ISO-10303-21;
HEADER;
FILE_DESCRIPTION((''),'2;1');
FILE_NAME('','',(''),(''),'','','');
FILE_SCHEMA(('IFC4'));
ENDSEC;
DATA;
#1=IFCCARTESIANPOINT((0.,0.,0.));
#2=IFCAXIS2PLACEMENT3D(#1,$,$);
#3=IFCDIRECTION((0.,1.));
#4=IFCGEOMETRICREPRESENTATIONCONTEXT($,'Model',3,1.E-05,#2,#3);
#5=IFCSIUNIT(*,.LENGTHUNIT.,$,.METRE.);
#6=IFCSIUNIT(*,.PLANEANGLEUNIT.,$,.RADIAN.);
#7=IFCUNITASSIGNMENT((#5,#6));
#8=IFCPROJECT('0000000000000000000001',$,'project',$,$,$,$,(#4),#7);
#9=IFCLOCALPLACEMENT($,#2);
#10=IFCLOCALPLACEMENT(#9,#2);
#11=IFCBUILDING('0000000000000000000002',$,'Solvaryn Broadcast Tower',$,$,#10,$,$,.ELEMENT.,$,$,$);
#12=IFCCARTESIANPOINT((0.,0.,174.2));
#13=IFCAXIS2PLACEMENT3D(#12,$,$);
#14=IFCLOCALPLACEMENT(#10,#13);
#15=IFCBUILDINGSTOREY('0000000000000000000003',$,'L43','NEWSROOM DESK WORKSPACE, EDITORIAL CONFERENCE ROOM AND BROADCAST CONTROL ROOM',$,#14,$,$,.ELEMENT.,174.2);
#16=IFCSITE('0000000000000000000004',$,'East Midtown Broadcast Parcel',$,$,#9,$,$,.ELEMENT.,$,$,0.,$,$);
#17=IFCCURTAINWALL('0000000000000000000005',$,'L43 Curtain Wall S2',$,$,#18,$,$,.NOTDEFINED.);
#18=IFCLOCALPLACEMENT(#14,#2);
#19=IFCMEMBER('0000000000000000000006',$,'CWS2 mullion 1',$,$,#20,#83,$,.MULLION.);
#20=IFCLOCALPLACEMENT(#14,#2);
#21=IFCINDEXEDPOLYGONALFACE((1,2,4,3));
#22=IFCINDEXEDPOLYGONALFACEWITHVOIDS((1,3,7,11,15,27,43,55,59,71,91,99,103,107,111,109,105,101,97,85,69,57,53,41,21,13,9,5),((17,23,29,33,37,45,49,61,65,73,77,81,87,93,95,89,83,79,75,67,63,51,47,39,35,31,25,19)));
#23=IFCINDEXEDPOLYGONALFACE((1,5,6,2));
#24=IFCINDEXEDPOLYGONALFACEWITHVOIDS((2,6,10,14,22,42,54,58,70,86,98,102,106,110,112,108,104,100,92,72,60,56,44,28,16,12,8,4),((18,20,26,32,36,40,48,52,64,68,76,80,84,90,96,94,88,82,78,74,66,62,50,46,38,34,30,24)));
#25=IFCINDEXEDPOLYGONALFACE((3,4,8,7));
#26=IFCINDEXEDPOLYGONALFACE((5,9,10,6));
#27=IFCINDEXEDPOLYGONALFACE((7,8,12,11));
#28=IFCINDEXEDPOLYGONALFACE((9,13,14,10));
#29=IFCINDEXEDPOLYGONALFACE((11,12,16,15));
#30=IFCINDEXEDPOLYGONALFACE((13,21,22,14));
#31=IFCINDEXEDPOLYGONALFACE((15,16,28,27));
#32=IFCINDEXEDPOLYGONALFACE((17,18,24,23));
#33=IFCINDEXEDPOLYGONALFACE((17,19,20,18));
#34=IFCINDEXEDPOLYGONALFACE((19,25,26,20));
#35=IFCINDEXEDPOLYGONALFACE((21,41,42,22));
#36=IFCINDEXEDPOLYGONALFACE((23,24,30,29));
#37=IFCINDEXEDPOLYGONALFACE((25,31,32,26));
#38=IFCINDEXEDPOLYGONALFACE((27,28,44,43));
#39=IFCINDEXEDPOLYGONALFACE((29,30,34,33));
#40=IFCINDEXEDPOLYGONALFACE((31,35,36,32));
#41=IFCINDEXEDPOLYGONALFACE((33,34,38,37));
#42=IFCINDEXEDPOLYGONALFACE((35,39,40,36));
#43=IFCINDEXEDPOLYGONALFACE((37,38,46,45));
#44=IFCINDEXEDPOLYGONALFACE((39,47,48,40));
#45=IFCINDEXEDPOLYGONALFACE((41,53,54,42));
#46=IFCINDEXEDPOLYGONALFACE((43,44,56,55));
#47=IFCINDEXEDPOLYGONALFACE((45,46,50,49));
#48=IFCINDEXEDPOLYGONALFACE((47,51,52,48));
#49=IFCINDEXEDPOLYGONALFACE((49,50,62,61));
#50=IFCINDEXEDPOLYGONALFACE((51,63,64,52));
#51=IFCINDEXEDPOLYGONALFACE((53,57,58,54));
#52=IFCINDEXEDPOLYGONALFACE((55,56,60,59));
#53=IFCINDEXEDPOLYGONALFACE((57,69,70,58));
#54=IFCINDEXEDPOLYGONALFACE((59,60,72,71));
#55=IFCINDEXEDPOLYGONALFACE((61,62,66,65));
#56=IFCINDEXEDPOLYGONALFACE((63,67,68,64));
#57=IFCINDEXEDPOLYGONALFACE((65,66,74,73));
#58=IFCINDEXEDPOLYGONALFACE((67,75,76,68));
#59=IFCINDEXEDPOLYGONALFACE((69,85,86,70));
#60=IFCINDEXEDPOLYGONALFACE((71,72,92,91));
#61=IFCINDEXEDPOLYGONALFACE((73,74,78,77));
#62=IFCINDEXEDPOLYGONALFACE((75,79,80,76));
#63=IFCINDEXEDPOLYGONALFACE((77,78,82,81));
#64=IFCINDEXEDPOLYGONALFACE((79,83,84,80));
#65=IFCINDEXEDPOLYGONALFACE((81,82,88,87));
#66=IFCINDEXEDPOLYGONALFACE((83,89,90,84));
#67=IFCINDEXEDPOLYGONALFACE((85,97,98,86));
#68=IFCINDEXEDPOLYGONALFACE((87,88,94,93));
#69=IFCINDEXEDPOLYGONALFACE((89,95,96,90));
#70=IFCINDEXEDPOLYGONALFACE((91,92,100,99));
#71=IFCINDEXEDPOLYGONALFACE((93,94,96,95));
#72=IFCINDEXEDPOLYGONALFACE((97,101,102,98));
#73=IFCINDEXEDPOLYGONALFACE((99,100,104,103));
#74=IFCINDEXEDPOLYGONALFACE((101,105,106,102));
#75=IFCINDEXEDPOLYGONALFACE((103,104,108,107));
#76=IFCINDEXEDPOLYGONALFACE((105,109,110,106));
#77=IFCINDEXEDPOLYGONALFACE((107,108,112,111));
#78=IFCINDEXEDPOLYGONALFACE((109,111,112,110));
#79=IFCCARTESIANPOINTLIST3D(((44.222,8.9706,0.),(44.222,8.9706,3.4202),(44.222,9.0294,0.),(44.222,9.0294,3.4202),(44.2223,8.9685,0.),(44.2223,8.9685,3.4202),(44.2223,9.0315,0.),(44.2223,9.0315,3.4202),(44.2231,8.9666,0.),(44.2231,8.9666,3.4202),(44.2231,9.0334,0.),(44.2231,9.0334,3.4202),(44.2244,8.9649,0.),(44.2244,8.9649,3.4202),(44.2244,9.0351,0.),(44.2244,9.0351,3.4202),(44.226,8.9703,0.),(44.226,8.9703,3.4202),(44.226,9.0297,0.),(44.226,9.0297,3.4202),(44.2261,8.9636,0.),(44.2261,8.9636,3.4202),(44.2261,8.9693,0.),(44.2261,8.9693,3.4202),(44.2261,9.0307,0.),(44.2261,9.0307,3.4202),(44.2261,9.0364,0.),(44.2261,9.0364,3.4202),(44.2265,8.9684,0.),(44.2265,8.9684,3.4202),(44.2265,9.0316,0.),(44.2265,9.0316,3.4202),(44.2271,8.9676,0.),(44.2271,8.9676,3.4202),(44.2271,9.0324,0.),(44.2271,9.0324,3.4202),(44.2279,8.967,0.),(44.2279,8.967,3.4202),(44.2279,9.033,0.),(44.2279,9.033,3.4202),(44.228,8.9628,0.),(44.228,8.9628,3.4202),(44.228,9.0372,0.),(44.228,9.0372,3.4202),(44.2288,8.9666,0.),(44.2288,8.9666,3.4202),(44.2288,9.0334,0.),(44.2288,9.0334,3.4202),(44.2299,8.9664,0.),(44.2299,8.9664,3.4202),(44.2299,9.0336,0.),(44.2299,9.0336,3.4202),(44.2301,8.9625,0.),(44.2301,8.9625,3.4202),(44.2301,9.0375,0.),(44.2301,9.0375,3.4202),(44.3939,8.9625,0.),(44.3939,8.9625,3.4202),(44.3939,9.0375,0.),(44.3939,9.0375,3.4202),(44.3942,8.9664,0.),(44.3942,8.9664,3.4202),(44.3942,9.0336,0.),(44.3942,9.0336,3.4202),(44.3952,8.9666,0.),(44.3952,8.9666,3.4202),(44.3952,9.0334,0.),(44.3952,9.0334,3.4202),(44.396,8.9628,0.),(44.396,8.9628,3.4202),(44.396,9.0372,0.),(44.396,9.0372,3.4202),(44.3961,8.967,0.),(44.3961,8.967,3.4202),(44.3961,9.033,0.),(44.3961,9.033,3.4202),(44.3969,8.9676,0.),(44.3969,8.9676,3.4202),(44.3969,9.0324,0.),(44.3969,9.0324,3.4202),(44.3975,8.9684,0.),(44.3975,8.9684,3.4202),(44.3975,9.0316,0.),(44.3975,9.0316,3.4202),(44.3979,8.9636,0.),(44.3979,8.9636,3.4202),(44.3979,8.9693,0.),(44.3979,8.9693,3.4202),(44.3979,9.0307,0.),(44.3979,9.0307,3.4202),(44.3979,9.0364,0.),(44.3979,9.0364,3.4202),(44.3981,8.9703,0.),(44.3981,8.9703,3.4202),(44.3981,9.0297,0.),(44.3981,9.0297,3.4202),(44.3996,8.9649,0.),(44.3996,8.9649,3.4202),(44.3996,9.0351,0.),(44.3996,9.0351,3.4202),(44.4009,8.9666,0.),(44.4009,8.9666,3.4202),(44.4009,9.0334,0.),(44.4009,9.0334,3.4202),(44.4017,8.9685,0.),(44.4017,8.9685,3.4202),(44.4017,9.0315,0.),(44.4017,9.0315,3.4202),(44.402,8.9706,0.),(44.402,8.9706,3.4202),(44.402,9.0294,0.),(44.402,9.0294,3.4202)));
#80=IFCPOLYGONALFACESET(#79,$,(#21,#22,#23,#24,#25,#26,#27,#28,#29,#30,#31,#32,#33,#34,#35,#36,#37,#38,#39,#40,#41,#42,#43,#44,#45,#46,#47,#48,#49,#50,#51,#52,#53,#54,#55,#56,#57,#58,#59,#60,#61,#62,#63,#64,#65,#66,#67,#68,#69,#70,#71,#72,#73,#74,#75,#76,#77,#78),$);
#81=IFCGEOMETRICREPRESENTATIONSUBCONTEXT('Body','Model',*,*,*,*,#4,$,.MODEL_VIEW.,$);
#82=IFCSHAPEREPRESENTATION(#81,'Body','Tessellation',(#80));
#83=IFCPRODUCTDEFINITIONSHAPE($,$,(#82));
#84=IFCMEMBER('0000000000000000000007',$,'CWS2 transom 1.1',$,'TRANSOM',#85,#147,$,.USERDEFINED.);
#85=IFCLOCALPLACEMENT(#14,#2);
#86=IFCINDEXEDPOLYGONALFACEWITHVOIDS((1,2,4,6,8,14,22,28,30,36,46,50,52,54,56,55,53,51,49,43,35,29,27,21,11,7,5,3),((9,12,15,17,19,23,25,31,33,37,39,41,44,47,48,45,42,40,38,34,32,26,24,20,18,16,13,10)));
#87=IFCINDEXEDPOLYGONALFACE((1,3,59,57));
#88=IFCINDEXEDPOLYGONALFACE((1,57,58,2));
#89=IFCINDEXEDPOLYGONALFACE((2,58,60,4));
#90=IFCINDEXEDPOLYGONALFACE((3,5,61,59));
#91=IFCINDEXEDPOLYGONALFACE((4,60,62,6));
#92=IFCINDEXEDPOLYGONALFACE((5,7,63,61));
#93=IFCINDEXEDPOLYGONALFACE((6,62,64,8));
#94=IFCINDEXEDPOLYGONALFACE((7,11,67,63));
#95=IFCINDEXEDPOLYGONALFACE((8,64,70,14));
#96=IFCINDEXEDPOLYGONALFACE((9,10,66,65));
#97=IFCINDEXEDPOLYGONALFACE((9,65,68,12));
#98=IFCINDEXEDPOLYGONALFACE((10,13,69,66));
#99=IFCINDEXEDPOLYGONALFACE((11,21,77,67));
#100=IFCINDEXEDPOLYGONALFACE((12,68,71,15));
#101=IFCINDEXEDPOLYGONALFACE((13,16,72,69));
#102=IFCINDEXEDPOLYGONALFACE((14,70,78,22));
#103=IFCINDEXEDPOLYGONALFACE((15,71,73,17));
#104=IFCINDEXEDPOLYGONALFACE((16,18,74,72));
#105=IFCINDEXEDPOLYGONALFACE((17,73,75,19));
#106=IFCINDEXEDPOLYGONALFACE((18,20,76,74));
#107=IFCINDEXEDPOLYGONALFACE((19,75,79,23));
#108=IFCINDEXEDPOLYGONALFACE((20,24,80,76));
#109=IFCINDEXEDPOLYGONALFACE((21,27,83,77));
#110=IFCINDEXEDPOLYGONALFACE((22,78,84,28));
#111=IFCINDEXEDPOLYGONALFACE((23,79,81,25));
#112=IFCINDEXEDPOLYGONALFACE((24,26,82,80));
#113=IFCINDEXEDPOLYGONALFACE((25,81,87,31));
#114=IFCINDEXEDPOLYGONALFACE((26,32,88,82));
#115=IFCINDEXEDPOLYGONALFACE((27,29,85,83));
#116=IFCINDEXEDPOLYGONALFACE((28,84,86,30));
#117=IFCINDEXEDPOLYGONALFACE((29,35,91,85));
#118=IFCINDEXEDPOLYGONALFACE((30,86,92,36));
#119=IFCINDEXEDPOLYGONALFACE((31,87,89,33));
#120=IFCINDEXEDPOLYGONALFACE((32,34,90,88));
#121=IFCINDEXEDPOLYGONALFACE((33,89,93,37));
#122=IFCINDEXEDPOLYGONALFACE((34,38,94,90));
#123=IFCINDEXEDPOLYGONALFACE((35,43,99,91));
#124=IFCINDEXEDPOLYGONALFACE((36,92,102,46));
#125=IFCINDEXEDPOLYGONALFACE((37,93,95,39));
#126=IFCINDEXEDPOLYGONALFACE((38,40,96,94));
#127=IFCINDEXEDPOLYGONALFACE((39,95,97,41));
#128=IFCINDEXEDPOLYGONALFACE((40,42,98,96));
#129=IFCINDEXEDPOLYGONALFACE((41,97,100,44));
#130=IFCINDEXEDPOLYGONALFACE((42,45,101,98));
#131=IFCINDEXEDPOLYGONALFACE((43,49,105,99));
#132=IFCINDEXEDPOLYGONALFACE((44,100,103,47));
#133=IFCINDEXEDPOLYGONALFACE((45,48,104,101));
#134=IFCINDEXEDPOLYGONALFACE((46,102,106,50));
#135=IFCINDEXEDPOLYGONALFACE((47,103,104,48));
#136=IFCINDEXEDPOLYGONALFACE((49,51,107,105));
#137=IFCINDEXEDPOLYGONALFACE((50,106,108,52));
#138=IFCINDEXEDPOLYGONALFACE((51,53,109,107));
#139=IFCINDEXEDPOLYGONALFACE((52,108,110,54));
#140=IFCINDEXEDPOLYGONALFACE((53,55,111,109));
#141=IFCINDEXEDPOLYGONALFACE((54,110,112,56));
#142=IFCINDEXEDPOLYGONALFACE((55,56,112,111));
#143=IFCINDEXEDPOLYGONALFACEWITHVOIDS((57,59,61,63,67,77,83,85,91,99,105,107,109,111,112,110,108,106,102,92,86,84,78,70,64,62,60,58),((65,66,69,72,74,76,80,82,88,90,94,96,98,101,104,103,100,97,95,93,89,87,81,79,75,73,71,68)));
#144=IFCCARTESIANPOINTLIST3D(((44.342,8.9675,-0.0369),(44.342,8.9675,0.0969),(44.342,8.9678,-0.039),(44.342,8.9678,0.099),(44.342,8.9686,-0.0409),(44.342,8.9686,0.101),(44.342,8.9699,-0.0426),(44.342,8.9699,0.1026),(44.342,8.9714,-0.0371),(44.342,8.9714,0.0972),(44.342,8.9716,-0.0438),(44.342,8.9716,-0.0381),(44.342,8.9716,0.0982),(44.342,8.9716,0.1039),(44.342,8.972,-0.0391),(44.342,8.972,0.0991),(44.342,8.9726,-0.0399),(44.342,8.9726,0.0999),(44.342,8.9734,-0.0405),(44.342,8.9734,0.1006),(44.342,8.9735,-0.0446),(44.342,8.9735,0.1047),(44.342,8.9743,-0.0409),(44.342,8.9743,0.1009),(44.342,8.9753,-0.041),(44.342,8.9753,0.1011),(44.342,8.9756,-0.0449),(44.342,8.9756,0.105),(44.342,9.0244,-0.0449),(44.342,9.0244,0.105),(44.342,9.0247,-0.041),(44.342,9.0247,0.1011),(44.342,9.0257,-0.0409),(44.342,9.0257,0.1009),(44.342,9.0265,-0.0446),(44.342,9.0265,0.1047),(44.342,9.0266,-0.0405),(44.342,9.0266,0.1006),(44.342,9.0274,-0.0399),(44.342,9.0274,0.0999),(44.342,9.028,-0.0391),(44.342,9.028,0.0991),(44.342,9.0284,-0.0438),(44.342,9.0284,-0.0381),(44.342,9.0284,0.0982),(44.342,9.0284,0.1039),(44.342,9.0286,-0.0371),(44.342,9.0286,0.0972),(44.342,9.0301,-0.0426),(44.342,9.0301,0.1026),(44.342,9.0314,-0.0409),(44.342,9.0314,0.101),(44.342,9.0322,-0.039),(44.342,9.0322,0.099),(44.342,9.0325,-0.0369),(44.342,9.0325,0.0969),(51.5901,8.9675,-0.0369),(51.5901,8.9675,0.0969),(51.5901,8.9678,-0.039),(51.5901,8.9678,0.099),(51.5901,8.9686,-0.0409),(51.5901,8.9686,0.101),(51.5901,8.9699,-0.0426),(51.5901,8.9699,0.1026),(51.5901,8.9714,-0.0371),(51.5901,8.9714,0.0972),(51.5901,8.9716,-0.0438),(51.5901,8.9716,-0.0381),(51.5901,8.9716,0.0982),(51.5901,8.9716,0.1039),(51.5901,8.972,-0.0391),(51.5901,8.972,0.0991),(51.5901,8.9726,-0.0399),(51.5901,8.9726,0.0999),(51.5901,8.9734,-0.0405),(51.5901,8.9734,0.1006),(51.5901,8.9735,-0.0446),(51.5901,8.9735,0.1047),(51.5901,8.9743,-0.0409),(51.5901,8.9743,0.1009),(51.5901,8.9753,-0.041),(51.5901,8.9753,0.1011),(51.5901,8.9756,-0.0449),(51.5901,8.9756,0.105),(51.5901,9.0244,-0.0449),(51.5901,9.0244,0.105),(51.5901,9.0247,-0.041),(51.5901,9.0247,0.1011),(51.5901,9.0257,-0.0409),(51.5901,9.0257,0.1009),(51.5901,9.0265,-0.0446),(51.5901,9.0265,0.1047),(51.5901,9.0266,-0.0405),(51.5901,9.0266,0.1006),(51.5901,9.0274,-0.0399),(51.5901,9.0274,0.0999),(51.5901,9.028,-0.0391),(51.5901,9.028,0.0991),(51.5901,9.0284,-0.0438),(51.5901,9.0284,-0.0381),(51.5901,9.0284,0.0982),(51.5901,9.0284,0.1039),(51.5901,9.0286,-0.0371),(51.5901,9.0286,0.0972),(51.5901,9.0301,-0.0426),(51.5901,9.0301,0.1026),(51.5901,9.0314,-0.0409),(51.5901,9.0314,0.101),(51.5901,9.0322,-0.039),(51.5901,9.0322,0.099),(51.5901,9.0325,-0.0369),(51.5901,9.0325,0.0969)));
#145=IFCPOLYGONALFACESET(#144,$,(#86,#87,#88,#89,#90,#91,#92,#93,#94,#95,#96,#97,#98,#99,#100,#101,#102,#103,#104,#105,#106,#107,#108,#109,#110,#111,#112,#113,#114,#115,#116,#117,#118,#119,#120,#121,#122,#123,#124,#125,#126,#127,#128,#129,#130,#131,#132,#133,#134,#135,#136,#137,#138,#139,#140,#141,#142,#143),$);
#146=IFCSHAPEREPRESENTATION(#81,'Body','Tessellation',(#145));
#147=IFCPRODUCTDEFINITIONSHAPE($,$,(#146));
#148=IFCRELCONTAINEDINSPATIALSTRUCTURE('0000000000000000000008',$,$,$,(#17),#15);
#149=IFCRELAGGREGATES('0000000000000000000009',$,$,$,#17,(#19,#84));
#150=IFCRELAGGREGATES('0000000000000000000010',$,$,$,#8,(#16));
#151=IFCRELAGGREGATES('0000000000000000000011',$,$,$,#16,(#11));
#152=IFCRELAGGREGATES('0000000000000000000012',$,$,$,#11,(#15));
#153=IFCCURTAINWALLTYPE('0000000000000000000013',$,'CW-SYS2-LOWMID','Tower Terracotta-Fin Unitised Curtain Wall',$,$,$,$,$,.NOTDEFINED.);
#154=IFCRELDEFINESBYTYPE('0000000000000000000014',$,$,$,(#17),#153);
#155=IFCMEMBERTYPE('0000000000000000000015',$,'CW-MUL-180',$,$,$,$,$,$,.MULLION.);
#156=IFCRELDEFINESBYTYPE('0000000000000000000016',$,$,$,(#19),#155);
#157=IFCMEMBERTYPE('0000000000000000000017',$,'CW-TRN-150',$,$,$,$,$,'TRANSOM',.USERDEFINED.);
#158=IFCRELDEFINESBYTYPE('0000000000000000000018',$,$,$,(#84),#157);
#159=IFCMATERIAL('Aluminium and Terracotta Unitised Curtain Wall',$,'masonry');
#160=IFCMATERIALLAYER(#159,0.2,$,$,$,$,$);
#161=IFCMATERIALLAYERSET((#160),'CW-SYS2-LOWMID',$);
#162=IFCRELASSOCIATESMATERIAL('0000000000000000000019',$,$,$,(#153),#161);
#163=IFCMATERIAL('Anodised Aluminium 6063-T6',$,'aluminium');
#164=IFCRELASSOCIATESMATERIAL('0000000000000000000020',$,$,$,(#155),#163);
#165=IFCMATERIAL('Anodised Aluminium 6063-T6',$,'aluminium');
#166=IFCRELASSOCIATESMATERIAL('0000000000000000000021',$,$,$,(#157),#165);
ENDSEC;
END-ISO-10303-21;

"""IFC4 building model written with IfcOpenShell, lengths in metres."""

from ifc_helpers import new_model, si_unit, direction, frame, origin, origin_2d, place, context, subcontext, project, spatial, hollow_rectangle, extrude, material, layer, layer_set, material_profile, profile_set, type_object, element, aggregate, save


model = new_model("IFC4")

# Units and contexts
model_context = context("Model", 3, precision=1e-05, world=origin(), true_north=direction((0.0, 1.0)))
body_context = subcontext(model_context, "Body", "Model", "MODEL_VIEW")
ifc_project = project(units=[si_unit("LENGTHUNIT", "METRE"), si_unit("PLANEANGLEUNIT", "RADIAN")], contexts=[model_context])

# Site, building, storey
site_placement = place(None, origin())
site = spatial("IfcSite", under=ifc_project, at=site_placement, Name="East Midtown Broadcast Parcel", CompositionType="ELEMENT", RefElevation=0.0)
building_placement = place(site_placement, origin())
building = spatial("IfcBuilding", under=site, at=building_placement, Name="Solvaryn Broadcast Tower", CompositionType="ELEMENT")
storey_placement = place(building_placement, frame((0.0, 0.0, 174.2)))
storey = spatial("IfcBuildingStorey", under=building, at=storey_placement, Name="L43", Description="NEWSROOM DESK WORKSPACE, EDITORIAL CONFERENCE ROOM AND BROADCAST CONTROL ROOM", CompositionType="ELEMENT", Elevation=174.2)

# Shared definitions
ifc_material_1 = material(Name="Aluminium and Terracotta Unitised Curtain Wall", Category="masonry")
ifc_layer_1 = layer(ifc_material_1, 0.2)
ifc_layer_set_1 = layer_set([ifc_layer_1], Name="CW-SYS2-LOWMID")
curtain_wall_type = type_object("IfcCurtainWallType", Name="CW-SYS2-LOWMID", Description="Tower Terracotta-Fin Unitised Curtain Wall", PredefinedType="NOTDEFINED", material=ifc_layer_set_1)
ifc_material_2 = material(Name="Anodised Aluminium 6063-T6", Category="aluminium")
ifc_material_profile_1 = material_profile(ifc_material_2, hollow_rectangle(XDim=0.075, YDim=0.1799, WallThickness=0.0039, InnerFilletRadius=0.0039, OuterFilletRadius=0.0081, at=origin_2d()))
ifc_profile_set_1 = profile_set([ifc_material_profile_1], Name="Anodised Aluminium 6063-T6")
member_type_1 = type_object("IfcMemberType", Name="CW-MUL-180", PredefinedType="MULLION", material=ifc_profile_set_1)

# Curtain wall, members
curtain_wall_1_placement = place(storey_placement, origin())
curtain_wall_1 = element("IfcCurtainWall", 1, at=curtain_wall_1_placement, inside=storey, type_object=curtain_wall_type, Name="L43 Curtain Wall S2", PredefinedType="NOTDEFINED")
member_1_placement = place(storey_placement, frame((44.312, 9.0, 0.0), z_axis=(0.0, 0.0, 1.0), x_axis=(0.0, 1.0, 0.0)))
member_1 = element("IfcMember", 2, at=member_1_placement, type_object=member_type_1, Name="CWS2 mullion 1", PredefinedType="MULLION", context=body_context, shape_type="SweptSolid", body=[
    extrude(hollow_rectangle(XDim=0.075, YDim=0.1799, WallThickness=0.0039, InnerFilletRadius=0.0039, OuterFilletRadius=0.0081, at=origin_2d()), origin(), (0.0, 0.0, 1.0), 3.4202),
])
ifc_material_3 = material(Name="Anodised Aluminium 6063-T6", Category="aluminium")
ifc_material_profile_2 = material_profile(ifc_material_3, hollow_rectangle(XDim=0.0649, YDim=0.1499, WallThickness=0.0039, InnerFilletRadius=0.0039, OuterFilletRadius=0.0081, at=origin_2d()))
ifc_profile_set_2 = profile_set([ifc_material_profile_2], Name="Anodised Aluminium 6063-T6")
member_type_2 = type_object("IfcMemberType", Name="CW-TRN-150", ElementType="TRANSOM", PredefinedType="USERDEFINED", material=ifc_profile_set_2)
member_2_placement = place(storey_placement, frame((44.342, 9.0, 0.03), z_axis=(1.0, 0.0, 0.0), x_axis=(0.0, 1.0, 0.0)))
member_2 = element("IfcMember", 3, at=member_2_placement, type_object=member_type_2, Name="CWS2 transom 1.1", ObjectType="TRANSOM", PredefinedType="USERDEFINED", context=body_context, shape_type="SweptSolid", body=[
    extrude(hollow_rectangle(XDim=0.0649, YDim=0.1499, WallThickness=0.0039, InnerFilletRadius=0.0039, OuterFilletRadius=0.0081, at=origin_2d()), origin(), (0.0, 0.0, 1.0), 7.248),
])
aggregate(curtain_wall_1, [member_1, member_2])

save(model, "model.ifc")
